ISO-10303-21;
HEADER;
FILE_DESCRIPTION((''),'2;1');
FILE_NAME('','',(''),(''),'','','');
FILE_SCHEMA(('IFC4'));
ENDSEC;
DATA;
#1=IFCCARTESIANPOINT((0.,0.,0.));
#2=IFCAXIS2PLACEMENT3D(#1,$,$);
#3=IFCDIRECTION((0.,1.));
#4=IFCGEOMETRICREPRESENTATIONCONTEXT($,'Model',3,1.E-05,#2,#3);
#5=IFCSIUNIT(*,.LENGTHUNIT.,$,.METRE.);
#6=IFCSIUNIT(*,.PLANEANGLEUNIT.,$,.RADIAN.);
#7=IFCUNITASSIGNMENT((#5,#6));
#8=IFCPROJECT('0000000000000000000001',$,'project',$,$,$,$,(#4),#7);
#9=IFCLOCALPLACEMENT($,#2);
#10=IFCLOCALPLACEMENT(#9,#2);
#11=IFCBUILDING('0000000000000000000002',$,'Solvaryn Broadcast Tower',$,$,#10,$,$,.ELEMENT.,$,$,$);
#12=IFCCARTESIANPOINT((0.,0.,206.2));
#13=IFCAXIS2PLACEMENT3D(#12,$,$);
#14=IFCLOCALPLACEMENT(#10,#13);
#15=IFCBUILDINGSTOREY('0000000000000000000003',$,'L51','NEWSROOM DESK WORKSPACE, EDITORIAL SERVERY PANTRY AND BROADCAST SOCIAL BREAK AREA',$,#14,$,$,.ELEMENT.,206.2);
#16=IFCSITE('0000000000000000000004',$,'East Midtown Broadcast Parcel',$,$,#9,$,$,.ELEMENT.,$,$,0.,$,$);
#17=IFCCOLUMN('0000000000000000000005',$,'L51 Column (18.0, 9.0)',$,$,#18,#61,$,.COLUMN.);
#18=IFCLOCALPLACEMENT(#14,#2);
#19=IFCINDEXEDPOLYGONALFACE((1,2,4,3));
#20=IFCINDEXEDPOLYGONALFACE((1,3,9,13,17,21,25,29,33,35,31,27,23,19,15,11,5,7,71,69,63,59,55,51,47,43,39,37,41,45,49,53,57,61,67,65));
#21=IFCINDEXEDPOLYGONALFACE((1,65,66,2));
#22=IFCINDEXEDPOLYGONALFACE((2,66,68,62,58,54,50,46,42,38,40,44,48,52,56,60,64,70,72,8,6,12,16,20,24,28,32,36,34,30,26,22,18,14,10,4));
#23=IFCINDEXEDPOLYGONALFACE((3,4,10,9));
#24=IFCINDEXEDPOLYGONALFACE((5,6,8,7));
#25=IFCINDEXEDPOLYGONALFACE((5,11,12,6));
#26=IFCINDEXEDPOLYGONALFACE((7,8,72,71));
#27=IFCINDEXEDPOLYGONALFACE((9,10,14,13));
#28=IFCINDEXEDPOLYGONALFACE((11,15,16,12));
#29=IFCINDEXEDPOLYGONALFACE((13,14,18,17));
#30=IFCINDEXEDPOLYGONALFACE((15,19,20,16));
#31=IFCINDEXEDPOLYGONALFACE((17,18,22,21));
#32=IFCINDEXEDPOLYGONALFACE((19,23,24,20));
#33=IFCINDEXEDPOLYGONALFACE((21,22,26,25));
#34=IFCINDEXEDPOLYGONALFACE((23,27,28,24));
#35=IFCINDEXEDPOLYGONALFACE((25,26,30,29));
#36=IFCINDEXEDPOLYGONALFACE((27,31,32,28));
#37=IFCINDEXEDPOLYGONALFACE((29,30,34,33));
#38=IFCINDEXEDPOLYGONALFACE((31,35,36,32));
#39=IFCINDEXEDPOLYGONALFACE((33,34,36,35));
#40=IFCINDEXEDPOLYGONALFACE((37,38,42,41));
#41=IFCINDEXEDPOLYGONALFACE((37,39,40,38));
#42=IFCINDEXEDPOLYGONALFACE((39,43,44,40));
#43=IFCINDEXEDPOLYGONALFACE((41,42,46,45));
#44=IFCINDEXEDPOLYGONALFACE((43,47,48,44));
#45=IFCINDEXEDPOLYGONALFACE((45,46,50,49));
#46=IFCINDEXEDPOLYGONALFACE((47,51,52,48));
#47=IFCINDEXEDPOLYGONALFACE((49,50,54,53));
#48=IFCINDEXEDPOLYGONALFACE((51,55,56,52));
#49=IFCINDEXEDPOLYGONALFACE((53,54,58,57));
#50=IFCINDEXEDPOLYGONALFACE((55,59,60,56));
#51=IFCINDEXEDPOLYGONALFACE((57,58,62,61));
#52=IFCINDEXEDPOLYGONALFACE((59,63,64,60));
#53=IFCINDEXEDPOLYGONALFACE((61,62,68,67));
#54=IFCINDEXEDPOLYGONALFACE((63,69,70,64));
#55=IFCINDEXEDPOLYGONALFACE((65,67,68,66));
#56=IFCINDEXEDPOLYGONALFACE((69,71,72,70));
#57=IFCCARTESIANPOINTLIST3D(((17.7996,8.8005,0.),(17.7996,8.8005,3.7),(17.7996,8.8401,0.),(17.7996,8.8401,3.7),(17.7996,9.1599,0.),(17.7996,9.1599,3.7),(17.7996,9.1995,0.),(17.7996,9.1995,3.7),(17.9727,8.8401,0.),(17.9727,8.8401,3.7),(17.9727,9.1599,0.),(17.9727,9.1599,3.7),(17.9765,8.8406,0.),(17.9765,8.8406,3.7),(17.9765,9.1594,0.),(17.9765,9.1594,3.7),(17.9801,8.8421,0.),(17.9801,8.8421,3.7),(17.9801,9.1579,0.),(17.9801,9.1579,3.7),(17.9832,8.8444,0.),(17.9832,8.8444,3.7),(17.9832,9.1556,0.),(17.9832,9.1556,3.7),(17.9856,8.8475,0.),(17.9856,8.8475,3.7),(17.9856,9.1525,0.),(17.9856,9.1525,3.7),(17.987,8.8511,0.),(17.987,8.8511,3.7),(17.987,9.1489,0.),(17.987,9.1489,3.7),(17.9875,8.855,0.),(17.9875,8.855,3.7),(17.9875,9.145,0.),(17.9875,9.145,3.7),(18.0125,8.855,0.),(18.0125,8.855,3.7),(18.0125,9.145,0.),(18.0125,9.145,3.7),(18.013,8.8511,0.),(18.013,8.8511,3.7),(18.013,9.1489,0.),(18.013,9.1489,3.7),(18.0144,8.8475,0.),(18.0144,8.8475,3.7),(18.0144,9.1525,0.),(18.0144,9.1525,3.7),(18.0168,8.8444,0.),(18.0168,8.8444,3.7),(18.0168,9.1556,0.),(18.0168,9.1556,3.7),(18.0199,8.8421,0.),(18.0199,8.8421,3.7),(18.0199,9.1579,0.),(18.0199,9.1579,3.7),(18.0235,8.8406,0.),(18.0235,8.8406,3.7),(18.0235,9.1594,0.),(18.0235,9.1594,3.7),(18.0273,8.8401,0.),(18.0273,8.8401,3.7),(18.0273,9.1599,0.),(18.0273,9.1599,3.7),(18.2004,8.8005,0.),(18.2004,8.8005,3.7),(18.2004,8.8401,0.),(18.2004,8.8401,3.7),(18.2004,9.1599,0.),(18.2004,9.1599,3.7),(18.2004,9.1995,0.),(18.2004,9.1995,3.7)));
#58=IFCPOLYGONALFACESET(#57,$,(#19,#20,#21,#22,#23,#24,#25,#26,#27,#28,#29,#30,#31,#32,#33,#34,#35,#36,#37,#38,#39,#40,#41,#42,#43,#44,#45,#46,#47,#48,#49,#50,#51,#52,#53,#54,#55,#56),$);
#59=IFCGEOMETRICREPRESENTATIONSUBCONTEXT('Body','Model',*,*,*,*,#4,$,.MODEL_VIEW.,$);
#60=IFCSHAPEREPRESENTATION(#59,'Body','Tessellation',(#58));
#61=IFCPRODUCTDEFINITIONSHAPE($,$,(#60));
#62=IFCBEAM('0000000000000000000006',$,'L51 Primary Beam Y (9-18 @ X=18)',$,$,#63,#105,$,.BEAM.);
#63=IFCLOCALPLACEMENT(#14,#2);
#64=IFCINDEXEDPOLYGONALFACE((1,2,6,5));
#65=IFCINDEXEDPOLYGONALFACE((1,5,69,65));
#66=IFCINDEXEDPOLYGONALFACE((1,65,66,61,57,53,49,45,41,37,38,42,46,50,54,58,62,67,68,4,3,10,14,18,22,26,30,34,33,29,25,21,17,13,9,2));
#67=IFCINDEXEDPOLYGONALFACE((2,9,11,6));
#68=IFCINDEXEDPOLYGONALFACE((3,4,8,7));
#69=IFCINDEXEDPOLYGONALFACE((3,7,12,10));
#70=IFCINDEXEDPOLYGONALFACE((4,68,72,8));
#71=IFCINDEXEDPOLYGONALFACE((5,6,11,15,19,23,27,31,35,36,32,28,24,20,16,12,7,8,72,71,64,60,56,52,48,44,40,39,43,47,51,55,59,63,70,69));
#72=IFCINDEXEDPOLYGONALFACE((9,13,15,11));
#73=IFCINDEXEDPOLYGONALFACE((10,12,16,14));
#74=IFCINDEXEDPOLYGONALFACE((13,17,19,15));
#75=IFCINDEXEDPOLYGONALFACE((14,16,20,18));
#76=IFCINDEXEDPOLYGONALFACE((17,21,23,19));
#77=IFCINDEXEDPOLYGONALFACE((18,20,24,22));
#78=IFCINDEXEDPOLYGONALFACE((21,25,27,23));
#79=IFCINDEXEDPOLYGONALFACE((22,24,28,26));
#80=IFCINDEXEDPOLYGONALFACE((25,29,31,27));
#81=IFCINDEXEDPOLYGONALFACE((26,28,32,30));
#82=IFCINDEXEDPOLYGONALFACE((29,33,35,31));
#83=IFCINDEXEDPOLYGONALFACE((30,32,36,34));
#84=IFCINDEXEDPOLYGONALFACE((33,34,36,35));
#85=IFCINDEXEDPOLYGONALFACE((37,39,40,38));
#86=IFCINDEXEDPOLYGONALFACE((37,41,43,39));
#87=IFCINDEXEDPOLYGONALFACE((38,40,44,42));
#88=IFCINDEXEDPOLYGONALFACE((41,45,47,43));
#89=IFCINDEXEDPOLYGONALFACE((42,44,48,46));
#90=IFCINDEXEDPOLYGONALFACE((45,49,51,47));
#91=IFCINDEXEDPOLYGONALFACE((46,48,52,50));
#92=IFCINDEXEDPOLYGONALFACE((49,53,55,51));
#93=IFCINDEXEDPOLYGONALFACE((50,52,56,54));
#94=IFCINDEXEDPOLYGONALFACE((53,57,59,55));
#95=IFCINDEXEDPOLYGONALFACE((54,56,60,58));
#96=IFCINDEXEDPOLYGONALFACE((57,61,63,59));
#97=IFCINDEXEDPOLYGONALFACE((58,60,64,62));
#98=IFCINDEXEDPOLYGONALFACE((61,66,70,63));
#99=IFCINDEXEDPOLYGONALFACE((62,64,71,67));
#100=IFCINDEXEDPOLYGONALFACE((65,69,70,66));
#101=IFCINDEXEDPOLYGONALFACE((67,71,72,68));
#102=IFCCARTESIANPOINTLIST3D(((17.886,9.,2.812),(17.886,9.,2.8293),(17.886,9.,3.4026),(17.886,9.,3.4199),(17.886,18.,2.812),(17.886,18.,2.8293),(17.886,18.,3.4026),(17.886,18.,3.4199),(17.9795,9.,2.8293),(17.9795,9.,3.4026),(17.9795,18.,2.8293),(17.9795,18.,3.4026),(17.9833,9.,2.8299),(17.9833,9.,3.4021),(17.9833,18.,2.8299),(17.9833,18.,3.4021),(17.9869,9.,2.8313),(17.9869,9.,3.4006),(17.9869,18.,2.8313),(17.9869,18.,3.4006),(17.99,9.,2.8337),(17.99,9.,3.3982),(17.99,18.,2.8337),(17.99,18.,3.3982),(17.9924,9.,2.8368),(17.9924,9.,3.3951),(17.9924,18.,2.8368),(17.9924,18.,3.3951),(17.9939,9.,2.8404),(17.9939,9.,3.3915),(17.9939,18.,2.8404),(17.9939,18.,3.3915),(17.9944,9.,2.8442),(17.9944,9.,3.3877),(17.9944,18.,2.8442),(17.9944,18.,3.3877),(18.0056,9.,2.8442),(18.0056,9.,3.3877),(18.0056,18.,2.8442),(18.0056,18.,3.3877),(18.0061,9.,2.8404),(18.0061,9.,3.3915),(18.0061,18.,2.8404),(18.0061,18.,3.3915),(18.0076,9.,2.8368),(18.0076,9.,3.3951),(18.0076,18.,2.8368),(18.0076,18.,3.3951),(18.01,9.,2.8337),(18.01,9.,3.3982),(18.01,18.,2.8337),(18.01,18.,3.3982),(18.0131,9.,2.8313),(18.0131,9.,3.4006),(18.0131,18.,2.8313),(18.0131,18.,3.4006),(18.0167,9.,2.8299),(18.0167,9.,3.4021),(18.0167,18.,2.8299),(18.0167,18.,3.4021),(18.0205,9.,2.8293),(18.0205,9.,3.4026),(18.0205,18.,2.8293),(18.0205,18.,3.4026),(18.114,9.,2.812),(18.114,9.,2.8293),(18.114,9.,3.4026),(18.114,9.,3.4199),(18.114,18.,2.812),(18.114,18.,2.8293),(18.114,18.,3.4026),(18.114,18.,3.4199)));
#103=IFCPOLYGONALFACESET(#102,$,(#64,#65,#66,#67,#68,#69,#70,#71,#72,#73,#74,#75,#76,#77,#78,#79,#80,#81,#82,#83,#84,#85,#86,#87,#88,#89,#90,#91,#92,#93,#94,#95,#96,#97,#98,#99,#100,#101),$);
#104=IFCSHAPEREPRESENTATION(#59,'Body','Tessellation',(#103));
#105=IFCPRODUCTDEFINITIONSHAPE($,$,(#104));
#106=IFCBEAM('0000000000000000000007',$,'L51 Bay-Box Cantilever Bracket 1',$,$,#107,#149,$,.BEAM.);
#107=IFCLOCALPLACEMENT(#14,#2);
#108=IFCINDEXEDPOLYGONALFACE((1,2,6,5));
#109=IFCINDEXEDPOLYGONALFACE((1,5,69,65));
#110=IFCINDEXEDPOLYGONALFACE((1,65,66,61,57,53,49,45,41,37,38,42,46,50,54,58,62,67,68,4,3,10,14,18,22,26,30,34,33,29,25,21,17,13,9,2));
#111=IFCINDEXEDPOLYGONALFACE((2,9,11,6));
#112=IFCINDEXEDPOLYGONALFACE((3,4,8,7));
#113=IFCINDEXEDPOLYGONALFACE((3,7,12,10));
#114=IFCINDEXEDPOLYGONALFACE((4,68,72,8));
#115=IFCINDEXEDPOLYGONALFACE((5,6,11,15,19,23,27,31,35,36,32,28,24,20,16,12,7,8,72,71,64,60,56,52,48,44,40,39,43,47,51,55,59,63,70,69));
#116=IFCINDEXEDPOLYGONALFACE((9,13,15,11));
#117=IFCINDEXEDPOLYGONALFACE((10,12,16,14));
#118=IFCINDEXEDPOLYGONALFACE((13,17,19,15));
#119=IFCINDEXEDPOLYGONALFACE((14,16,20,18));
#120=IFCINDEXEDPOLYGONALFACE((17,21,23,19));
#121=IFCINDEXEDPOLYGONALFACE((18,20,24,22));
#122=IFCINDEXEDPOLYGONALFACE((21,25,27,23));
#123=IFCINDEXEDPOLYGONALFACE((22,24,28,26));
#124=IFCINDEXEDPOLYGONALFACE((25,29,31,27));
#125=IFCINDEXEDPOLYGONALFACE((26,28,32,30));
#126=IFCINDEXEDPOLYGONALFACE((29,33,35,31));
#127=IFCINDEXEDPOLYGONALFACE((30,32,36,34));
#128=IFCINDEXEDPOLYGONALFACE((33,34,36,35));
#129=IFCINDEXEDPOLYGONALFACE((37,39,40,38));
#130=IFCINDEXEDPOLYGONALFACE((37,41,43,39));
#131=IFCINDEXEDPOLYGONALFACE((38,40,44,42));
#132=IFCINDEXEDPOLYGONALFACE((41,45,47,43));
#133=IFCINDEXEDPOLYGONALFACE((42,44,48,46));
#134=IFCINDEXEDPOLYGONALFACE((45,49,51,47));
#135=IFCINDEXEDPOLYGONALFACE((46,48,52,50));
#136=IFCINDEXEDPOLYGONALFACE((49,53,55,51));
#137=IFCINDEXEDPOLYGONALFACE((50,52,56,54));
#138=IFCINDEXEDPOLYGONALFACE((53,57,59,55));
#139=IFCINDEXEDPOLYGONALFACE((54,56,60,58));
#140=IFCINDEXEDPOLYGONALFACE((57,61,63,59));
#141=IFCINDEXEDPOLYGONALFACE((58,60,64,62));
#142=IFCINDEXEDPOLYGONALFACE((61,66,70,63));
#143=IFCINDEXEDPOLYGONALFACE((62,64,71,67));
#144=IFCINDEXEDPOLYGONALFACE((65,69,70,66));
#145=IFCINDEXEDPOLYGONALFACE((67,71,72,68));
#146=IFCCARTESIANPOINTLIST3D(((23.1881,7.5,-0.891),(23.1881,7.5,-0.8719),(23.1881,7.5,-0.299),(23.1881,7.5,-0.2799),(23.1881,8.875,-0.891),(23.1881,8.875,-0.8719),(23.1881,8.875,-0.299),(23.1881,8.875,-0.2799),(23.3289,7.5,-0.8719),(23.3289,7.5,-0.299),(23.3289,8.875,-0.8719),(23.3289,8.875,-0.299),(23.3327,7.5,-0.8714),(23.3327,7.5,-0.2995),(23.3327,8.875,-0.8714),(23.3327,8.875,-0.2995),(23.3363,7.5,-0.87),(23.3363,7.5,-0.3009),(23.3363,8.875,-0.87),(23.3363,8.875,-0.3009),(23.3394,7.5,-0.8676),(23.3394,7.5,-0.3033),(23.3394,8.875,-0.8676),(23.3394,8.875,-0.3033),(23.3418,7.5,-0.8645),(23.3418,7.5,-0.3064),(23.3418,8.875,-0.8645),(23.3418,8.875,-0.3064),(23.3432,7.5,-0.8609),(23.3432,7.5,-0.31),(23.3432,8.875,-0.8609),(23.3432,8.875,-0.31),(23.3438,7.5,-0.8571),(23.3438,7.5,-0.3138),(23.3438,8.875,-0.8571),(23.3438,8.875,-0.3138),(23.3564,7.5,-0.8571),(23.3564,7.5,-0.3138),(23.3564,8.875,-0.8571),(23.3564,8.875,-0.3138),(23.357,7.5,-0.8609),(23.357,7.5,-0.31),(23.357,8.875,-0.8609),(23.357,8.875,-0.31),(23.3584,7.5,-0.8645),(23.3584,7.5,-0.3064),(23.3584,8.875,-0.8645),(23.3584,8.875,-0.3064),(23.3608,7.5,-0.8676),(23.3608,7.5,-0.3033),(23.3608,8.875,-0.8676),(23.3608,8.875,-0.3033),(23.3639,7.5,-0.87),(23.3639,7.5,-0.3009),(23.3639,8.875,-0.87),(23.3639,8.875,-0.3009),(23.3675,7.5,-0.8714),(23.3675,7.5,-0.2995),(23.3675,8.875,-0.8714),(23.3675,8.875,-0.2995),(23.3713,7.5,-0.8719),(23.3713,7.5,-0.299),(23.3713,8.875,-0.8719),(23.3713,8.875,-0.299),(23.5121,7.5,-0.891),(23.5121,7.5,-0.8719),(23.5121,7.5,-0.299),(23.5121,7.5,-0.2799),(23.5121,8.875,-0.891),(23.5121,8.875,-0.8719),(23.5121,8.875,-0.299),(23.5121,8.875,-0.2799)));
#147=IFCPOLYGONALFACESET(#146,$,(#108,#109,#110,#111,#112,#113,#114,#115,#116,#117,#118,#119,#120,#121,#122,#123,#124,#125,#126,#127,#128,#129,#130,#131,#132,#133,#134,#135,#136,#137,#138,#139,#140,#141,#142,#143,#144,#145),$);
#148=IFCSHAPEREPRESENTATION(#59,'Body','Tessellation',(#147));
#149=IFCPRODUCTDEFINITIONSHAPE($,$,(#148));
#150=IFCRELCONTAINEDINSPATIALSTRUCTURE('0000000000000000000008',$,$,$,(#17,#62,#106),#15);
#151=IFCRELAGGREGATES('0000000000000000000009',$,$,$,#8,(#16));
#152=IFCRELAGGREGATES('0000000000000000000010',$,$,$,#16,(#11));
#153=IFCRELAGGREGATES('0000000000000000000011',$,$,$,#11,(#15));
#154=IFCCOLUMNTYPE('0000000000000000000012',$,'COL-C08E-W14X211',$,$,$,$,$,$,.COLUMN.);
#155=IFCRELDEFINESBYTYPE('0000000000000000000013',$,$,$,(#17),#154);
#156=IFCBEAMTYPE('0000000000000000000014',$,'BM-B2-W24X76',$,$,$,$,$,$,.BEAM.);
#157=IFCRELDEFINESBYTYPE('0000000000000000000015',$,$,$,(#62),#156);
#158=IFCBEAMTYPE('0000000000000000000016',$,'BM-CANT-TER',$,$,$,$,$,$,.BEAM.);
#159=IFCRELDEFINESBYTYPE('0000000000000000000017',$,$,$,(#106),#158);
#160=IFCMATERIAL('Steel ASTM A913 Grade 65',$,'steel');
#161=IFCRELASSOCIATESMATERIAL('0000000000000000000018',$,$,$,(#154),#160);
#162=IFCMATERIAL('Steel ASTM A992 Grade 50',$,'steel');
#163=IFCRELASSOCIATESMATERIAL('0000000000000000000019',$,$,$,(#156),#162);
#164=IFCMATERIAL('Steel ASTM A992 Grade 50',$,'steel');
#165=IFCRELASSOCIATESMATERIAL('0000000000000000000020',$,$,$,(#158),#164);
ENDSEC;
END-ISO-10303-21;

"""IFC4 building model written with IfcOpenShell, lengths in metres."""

from ifc_helpers import new_model, si_unit, direction, frame, origin, origin_2d, place, context, subcontext, project, spatial, i_section, extrude, material, material_profile, profile_set, type_object, element, save


model = new_model("IFC4")

# Units and contexts
model_context = context("Model", 3, precision=1e-05, world=origin(), true_north=direction((0.0, 1.0)))
body_context = subcontext(model_context, "Body", "Model", "MODEL_VIEW")
ifc_project = project(units=[si_unit("LENGTHUNIT", "METRE"), si_unit("PLANEANGLEUNIT", "RADIAN")], contexts=[model_context])

# Site, building, storey
site_placement = place(None, origin())
site = spatial("IfcSite", under=ifc_project, at=site_placement, Name="East Midtown Broadcast Parcel", CompositionType="ELEMENT", RefElevation=0.0)
building_placement = place(site_placement, origin())
building = spatial("IfcBuilding", under=site, at=building_placement, Name="Solvaryn Broadcast Tower", CompositionType="ELEMENT")
storey_placement = place(building_placement, frame((0.0, 0.0, 206.2)))
storey = spatial("IfcBuildingStorey", under=building, at=storey_placement, Name="L51", Description="NEWSROOM DESK WORKSPACE, EDITORIAL SERVERY PANTRY AND BROADCAST SOCIAL BREAK AREA", CompositionType="ELEMENT", Elevation=206.2)

# Column
ifc_material_1 = material(Name="Steel ASTM A913 Grade 65", Category="steel")
ifc_material_profile_1 = material_profile(ifc_material_1, i_section(OverallWidth=0.4009, OverallDepth=0.3989, WebThickness=0.0249, FlangeThickness=0.0396, FilletRadius=0.0149, at=origin_2d()))
ifc_profile_set_1 = profile_set([ifc_material_profile_1], Name="Steel ASTM A913 Grade 65")
column_type = type_object("IfcColumnType", Name="COL-C08E-W14X211", PredefinedType="COLUMN", material=ifc_profile_set_1)
column_placement = place(storey_placement, frame((18.0, 9.0, 0.0), z_axis=(0.0, 0.0, 1.0), x_axis=(1.0, 0.0, 0.0)))
element("IfcColumn", 1, at=column_placement, inside=storey, type_object=column_type, Name="L51 Column (18.0, 9.0)", PredefinedType="COLUMN", context=body_context, shape_type="SweptSolid", body=[
    extrude(i_section(OverallWidth=0.4009, OverallDepth=0.3989, WebThickness=0.0249, FlangeThickness=0.0396, FilletRadius=0.0149, at=origin_2d()), origin(), (0.0, 0.0, 1.0), 3.7),
])

# Beams
ifc_material_2 = material(Name="Steel ASTM A992 Grade 50", Category="steel")
ifc_material_profile_2 = material_profile(ifc_material_2, i_section(OverallWidth=0.228, OverallDepth=0.6079, WebThickness=0.0112, FlangeThickness=0.0173, FilletRadius=0.0149, at=origin_2d()))
ifc_profile_set_2 = profile_set([ifc_material_profile_2], Name="Steel ASTM A992 Grade 50")
beam_type_1 = type_object("IfcBeamType", Name="BM-B2-W24X76", PredefinedType="BEAM", material=ifc_profile_set_2)
beam_1_placement = place(storey_placement, frame((18.0, 9.0, 3.116), z_axis=(0.0, 1.0, 0.0), x_axis=(-1.0, 0.0, 0.0)))
element("IfcBeam", 2, at=beam_1_placement, inside=storey, type_object=beam_type_1, Name="L51 Primary Beam Y (9-18 @ X=18)", PredefinedType="BEAM", context=body_context, shape_type="SweptSolid", body=[
    extrude(i_section(OverallWidth=0.228, OverallDepth=0.6079, WebThickness=0.0112, FlangeThickness=0.0173, FilletRadius=0.0149, at=origin_2d()), origin(), (0.0, 0.0, 1.0), 9.0),
])
ifc_material_3 = material(Name="Steel ASTM A992 Grade 50", Category="steel")
ifc_material_profile_3 = material_profile(ifc_material_3, i_section(OverallWidth=0.324, OverallDepth=0.6111, WebThickness=0.0127, FlangeThickness=0.019, FilletRadius=0.0149, at=origin_2d()))
ifc_profile_set_3 = profile_set([ifc_material_profile_3], Name="Steel ASTM A992 Grade 50")
beam_type_2 = type_object("IfcBeamType", Name="BM-CANT-TER", PredefinedType="BEAM", material=ifc_profile_set_3)
beam_2_placement = place(storey_placement, frame((23.3501, 8.875, -0.5854), z_axis=(0.0, -1.0, 0.0), x_axis=(1.0, 0.0, 0.0)))
element("IfcBeam", 3, at=beam_2_placement, inside=storey, type_object=beam_type_2, Name="L51 Bay-Box Cantilever Bracket 1", PredefinedType="BEAM", context=body_context, shape_type="SweptSolid", body=[
    extrude(i_section(OverallWidth=0.324, OverallDepth=0.6111, WebThickness=0.0127, FlangeThickness=0.019, FilletRadius=0.0149, at=origin_2d()), origin(), (0.0, 0.0, 1.0), 1.375),
])

save(model, "model.ifc")
